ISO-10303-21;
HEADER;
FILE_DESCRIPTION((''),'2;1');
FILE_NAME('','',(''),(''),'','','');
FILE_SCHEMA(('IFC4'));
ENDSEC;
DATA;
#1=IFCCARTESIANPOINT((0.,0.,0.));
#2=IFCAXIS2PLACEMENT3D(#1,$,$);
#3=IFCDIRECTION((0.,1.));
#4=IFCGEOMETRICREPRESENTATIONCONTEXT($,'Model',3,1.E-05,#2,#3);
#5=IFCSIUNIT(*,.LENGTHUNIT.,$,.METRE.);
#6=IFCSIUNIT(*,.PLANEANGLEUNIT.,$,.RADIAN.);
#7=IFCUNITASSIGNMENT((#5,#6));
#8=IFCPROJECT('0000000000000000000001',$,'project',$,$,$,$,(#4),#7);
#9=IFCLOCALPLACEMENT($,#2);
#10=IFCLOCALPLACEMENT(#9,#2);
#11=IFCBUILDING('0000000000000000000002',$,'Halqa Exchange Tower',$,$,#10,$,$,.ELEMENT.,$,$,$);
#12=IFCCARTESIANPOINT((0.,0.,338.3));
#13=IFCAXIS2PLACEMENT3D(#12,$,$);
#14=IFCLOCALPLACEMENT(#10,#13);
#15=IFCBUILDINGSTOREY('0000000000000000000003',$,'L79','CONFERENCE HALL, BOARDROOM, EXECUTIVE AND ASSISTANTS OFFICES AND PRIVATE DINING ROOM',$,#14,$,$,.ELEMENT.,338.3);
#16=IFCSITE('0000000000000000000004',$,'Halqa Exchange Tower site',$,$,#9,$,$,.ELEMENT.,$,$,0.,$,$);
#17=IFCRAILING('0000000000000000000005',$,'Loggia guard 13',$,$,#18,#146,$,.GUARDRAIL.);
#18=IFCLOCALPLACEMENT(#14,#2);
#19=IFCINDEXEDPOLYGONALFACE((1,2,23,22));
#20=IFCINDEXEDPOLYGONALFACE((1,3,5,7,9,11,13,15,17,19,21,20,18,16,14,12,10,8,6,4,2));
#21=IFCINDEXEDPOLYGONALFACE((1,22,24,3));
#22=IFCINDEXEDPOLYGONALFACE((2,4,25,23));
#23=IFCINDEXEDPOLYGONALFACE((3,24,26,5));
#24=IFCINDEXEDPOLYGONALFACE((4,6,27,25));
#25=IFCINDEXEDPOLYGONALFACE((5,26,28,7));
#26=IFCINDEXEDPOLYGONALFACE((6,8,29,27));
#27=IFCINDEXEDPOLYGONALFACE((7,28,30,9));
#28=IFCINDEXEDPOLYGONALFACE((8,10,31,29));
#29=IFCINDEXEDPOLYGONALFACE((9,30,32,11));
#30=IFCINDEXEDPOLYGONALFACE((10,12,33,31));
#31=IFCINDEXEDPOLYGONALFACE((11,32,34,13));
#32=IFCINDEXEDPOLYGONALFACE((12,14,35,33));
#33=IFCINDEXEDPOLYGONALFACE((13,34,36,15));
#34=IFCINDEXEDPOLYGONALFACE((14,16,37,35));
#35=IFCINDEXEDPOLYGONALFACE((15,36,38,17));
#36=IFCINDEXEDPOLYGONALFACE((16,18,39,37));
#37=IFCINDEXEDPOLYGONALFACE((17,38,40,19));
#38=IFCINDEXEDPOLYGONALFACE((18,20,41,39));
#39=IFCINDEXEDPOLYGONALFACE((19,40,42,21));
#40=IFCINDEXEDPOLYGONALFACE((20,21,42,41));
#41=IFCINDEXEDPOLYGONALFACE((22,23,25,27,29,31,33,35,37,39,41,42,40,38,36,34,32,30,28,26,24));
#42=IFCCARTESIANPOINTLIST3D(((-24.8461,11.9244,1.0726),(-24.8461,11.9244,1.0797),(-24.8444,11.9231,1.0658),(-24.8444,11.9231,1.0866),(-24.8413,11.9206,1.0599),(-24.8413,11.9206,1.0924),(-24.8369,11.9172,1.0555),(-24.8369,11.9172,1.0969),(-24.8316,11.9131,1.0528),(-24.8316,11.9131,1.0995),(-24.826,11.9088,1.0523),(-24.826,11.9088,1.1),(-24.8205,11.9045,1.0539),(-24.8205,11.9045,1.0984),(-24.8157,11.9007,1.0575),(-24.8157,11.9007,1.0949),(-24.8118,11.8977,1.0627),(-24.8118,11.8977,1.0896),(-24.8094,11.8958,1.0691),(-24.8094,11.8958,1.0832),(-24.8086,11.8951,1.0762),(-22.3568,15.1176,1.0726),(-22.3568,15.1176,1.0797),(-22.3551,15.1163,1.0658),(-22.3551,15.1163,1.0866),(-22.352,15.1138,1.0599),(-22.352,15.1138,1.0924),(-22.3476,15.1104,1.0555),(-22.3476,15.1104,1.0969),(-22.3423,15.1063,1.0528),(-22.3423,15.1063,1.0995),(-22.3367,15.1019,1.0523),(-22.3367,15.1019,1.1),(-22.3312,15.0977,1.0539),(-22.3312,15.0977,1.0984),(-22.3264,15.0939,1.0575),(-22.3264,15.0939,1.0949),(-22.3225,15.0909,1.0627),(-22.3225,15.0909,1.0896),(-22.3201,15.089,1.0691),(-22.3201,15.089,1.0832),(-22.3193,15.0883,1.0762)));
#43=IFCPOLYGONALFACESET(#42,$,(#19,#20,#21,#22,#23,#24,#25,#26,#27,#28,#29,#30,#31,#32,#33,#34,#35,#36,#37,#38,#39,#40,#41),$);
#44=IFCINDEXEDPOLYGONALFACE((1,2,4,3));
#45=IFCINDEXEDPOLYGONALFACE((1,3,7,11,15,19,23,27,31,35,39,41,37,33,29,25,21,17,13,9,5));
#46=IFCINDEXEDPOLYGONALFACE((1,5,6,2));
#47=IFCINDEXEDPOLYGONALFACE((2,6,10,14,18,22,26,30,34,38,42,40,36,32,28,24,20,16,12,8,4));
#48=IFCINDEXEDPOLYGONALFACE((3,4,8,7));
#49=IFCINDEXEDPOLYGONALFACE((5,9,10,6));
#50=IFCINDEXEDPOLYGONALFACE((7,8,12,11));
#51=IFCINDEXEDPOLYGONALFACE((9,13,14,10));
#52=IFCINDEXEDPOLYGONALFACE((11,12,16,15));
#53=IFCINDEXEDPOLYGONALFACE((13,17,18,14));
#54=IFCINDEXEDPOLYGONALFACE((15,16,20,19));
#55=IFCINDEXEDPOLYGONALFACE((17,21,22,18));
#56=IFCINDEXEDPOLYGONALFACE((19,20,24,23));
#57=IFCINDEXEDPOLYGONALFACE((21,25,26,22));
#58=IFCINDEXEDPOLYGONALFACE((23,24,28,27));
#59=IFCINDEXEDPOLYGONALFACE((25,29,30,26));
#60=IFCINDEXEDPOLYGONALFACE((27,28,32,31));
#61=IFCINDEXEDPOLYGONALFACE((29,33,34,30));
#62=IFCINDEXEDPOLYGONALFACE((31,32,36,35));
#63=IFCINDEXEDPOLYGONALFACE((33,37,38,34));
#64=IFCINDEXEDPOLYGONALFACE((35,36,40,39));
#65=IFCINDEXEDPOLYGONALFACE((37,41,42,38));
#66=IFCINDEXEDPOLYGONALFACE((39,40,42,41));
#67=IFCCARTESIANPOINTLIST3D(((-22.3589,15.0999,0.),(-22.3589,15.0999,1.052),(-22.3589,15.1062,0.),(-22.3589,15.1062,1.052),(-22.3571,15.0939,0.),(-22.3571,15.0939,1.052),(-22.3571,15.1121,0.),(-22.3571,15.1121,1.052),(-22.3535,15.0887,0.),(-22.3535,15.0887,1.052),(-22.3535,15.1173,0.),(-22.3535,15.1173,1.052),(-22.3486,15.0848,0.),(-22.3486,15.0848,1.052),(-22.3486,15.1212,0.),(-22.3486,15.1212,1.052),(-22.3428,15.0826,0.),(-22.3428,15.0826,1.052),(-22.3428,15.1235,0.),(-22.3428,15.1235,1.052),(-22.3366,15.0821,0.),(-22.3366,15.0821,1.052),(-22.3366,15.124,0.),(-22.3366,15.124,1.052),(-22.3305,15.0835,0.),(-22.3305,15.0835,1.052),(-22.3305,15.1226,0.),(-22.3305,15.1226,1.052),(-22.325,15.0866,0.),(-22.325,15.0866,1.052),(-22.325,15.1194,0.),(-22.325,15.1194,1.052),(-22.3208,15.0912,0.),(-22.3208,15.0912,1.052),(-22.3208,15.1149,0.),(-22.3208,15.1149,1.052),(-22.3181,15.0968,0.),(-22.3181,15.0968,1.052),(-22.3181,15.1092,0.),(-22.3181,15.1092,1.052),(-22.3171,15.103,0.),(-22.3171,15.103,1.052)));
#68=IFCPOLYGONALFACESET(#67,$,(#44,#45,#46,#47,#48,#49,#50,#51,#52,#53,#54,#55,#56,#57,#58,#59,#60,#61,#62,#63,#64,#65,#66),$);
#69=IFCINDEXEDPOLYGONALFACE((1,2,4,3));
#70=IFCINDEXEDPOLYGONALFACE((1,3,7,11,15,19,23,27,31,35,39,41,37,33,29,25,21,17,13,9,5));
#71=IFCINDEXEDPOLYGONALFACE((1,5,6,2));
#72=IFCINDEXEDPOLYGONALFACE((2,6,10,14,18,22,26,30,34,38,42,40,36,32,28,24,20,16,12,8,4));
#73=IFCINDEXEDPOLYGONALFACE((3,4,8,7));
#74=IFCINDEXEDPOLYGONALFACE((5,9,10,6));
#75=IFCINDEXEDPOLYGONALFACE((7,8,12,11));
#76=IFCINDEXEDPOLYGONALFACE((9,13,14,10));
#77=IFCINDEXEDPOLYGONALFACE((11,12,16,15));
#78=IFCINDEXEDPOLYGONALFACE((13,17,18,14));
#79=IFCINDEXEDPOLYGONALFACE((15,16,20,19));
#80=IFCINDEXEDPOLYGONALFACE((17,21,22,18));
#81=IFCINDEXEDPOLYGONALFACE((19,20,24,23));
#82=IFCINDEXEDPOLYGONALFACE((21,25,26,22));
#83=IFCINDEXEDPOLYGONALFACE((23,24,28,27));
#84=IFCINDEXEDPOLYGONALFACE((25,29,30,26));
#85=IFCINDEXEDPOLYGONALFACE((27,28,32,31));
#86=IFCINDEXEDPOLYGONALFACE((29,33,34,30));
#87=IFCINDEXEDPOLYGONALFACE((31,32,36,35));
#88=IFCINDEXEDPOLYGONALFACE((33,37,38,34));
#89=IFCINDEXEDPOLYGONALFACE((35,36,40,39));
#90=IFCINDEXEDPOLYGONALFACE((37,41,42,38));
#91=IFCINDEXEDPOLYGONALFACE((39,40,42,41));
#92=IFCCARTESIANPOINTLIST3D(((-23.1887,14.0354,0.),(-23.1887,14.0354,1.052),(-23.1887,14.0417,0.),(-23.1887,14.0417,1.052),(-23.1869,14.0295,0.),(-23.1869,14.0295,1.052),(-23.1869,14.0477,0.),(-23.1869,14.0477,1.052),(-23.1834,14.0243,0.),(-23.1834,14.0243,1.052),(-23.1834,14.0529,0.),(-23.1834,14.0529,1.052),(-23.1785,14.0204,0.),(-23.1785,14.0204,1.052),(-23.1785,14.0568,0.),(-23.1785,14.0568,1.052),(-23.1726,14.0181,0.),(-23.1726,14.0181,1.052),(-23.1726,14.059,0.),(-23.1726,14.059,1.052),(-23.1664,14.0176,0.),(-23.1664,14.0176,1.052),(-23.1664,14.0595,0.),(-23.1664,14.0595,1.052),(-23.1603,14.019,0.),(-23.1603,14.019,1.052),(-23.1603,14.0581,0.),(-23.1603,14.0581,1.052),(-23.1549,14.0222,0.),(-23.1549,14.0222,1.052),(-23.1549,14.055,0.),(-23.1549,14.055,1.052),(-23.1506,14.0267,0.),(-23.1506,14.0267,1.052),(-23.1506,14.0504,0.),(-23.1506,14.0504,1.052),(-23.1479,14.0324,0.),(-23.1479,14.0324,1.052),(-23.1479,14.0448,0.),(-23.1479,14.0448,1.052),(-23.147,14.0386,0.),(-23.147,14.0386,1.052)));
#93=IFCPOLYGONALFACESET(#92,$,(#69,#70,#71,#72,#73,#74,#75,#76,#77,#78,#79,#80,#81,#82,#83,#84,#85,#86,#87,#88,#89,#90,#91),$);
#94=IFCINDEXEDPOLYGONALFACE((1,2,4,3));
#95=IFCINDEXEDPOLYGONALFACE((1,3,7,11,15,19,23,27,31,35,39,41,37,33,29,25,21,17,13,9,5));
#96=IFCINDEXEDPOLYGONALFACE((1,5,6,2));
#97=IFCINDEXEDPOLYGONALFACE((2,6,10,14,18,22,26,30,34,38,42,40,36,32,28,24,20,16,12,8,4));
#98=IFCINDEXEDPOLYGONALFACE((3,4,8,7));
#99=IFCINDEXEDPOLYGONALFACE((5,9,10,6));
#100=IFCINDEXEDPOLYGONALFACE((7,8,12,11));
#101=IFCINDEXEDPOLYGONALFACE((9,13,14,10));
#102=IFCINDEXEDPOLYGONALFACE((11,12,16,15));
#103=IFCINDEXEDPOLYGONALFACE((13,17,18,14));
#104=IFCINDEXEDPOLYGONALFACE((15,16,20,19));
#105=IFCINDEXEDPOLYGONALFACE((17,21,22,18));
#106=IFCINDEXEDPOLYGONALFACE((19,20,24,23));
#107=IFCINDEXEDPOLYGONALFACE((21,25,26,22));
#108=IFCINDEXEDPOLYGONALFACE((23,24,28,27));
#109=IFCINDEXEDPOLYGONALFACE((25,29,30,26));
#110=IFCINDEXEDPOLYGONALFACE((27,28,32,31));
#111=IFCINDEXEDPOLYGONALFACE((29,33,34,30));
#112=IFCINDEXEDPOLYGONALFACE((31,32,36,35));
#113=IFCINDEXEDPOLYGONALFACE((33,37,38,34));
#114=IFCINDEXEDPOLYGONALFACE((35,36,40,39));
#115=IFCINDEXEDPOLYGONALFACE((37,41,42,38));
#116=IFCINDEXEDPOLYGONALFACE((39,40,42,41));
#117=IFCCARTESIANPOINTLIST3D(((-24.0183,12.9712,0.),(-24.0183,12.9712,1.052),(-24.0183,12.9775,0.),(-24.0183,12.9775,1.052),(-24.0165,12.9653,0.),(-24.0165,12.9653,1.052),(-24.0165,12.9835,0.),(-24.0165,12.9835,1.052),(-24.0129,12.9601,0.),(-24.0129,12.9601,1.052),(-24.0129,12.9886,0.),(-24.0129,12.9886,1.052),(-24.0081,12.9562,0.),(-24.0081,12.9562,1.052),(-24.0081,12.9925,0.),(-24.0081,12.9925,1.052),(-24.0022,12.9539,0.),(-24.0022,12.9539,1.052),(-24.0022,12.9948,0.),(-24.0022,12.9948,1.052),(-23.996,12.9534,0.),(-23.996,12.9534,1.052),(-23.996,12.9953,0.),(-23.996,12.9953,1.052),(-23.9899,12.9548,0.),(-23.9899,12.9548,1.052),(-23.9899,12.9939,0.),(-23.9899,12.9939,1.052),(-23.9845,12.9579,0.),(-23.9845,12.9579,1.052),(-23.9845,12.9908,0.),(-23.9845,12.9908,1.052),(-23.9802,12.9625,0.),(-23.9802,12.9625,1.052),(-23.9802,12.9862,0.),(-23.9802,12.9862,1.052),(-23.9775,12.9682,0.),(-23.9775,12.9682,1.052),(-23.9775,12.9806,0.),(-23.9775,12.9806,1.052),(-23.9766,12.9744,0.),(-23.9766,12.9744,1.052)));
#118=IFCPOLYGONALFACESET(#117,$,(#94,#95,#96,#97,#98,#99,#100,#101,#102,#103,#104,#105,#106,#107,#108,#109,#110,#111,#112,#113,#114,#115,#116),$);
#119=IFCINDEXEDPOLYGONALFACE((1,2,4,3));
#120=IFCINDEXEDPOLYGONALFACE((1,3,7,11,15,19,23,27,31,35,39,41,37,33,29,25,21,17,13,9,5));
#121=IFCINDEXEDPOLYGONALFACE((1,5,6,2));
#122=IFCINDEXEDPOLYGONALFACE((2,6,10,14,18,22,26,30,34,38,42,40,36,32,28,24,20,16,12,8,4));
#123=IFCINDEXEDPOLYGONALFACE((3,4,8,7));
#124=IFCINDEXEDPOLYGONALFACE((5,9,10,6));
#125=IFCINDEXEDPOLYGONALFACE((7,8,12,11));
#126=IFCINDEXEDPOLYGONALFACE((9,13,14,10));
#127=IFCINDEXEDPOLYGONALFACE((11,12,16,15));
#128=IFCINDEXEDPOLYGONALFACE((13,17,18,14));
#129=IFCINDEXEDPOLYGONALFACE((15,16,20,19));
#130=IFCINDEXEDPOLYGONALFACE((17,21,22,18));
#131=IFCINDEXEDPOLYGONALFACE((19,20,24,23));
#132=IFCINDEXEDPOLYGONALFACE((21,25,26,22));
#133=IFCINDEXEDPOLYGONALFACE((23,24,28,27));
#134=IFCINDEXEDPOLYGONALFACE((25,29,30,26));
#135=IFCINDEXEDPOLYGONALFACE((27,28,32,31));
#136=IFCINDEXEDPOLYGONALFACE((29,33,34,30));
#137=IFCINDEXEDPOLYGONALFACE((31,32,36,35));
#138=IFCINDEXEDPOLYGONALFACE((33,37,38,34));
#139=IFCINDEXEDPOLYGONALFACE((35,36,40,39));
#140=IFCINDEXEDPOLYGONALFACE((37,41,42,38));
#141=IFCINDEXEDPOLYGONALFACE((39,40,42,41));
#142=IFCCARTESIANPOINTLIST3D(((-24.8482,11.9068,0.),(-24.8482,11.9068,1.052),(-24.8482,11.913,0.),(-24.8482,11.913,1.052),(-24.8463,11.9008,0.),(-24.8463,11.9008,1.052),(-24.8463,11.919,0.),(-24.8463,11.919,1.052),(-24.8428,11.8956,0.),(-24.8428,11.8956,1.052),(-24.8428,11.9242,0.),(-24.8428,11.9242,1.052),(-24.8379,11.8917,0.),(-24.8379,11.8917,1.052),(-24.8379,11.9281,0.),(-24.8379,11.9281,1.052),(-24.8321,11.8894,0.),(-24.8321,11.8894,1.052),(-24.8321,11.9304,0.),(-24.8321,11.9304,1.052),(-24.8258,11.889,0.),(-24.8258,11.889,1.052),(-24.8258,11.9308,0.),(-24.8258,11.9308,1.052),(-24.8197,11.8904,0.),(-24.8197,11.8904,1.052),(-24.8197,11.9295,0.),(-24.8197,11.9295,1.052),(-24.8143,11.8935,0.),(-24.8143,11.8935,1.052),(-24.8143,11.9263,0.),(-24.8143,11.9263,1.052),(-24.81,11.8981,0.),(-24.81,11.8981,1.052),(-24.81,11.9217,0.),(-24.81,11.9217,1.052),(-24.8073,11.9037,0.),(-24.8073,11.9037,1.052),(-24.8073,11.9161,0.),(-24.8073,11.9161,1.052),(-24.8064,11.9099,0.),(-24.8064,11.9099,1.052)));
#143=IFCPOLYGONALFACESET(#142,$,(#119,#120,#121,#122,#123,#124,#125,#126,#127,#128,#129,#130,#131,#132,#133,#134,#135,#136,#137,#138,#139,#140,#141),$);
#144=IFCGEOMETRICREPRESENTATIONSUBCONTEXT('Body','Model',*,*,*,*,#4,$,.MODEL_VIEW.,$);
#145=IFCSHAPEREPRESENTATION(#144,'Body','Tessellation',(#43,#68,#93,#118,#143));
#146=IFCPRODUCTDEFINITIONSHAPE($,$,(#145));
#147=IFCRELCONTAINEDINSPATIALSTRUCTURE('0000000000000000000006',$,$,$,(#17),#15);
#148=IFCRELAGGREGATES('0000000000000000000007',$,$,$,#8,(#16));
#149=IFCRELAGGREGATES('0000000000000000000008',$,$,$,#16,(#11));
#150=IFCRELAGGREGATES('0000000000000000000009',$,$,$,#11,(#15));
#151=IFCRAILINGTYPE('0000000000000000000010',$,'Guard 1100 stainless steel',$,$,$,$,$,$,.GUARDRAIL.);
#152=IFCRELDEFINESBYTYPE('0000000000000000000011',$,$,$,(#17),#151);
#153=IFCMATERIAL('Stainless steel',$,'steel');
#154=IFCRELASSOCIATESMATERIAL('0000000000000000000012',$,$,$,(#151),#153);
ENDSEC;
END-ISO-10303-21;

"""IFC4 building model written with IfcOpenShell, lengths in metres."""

from ifc_helpers import new_model, si_unit, direction, frame, origin, origin_2d, place, context, subcontext, project, spatial, circle, extrude, material, type_object, element, save


model = new_model("IFC4")

# Units and contexts
model_context = context("Model", 3, precision=1e-05, world=origin(), true_north=direction((0.0, 1.0)))
body_context = subcontext(model_context, "Body", "Model", "MODEL_VIEW")
ifc_project = project(units=[si_unit("LENGTHUNIT", "METRE"), si_unit("PLANEANGLEUNIT", "RADIAN")], contexts=[model_context])

# Site, building, storey
site_placement = place(None, origin())
site = spatial("IfcSite", under=ifc_project, at=site_placement, Name="Halqa Exchange Tower site", CompositionType="ELEMENT", RefElevation=0.0)
building_placement = place(site_placement, origin())
building = spatial("IfcBuilding", under=site, at=building_placement, Name="Halqa Exchange Tower", CompositionType="ELEMENT")
storey_placement = place(building_placement, frame((0.0, 0.0, 338.3)))
storey = spatial("IfcBuildingStorey", under=building, at=storey_placement, Name="L79", Description="CONFERENCE HALL, BOARDROOM, EXECUTIVE AND ASSISTANTS OFFICES AND PRIVATE DINING ROOM", CompositionType="ELEMENT", Elevation=338.3)

# Railing
ifc_material_1 = material(Name="Stainless steel", Category="steel")
railing_type = type_object("IfcRailingType", Name="Guard 1100 stainless steel", PredefinedType="GUARDRAIL", material=ifc_material_1)
railing_1_placement = place(storey_placement, frame((-22.3381, 15.103, 0.0)))
element("IfcRailing", 1, at=railing_1_placement, inside=storey, type_object=railing_type, Name="Loggia guard 13", PredefinedType="GUARDRAIL", context=body_context, shape_type="SweptSolid", body=[
    extrude(circle(Radius=0.0239, at=origin_2d()), frame((0.0, 0.0, 1.0762), z_axis=(-0.614821, -0.788667, 0.0), x_axis=(0.788667, -0.614821, 0.0)), (0.0, 0.0, 1.0), 4.0488),
    extrude(circle(Radius=0.021, at=origin_2d()), origin(), (0.0, 0.0, 1.0), 1.052),
    extrude(circle(Radius=0.021, at=origin_2d()), frame((-0.8298, -1.0645, 0.0)), (0.0, 0.0, 1.0), 1.052),
    extrude(circle(Radius=0.021, at=origin_2d()), frame((-1.6594, -2.1287, 0.0)), (0.0, 0.0, 1.0), 1.052),
    extrude(circle(Radius=0.021, at=origin_2d()), frame((-2.4893, -3.1931, 0.0)), (0.0, 0.0, 1.0), 1.052),
])

save(model, "model.ifc")
